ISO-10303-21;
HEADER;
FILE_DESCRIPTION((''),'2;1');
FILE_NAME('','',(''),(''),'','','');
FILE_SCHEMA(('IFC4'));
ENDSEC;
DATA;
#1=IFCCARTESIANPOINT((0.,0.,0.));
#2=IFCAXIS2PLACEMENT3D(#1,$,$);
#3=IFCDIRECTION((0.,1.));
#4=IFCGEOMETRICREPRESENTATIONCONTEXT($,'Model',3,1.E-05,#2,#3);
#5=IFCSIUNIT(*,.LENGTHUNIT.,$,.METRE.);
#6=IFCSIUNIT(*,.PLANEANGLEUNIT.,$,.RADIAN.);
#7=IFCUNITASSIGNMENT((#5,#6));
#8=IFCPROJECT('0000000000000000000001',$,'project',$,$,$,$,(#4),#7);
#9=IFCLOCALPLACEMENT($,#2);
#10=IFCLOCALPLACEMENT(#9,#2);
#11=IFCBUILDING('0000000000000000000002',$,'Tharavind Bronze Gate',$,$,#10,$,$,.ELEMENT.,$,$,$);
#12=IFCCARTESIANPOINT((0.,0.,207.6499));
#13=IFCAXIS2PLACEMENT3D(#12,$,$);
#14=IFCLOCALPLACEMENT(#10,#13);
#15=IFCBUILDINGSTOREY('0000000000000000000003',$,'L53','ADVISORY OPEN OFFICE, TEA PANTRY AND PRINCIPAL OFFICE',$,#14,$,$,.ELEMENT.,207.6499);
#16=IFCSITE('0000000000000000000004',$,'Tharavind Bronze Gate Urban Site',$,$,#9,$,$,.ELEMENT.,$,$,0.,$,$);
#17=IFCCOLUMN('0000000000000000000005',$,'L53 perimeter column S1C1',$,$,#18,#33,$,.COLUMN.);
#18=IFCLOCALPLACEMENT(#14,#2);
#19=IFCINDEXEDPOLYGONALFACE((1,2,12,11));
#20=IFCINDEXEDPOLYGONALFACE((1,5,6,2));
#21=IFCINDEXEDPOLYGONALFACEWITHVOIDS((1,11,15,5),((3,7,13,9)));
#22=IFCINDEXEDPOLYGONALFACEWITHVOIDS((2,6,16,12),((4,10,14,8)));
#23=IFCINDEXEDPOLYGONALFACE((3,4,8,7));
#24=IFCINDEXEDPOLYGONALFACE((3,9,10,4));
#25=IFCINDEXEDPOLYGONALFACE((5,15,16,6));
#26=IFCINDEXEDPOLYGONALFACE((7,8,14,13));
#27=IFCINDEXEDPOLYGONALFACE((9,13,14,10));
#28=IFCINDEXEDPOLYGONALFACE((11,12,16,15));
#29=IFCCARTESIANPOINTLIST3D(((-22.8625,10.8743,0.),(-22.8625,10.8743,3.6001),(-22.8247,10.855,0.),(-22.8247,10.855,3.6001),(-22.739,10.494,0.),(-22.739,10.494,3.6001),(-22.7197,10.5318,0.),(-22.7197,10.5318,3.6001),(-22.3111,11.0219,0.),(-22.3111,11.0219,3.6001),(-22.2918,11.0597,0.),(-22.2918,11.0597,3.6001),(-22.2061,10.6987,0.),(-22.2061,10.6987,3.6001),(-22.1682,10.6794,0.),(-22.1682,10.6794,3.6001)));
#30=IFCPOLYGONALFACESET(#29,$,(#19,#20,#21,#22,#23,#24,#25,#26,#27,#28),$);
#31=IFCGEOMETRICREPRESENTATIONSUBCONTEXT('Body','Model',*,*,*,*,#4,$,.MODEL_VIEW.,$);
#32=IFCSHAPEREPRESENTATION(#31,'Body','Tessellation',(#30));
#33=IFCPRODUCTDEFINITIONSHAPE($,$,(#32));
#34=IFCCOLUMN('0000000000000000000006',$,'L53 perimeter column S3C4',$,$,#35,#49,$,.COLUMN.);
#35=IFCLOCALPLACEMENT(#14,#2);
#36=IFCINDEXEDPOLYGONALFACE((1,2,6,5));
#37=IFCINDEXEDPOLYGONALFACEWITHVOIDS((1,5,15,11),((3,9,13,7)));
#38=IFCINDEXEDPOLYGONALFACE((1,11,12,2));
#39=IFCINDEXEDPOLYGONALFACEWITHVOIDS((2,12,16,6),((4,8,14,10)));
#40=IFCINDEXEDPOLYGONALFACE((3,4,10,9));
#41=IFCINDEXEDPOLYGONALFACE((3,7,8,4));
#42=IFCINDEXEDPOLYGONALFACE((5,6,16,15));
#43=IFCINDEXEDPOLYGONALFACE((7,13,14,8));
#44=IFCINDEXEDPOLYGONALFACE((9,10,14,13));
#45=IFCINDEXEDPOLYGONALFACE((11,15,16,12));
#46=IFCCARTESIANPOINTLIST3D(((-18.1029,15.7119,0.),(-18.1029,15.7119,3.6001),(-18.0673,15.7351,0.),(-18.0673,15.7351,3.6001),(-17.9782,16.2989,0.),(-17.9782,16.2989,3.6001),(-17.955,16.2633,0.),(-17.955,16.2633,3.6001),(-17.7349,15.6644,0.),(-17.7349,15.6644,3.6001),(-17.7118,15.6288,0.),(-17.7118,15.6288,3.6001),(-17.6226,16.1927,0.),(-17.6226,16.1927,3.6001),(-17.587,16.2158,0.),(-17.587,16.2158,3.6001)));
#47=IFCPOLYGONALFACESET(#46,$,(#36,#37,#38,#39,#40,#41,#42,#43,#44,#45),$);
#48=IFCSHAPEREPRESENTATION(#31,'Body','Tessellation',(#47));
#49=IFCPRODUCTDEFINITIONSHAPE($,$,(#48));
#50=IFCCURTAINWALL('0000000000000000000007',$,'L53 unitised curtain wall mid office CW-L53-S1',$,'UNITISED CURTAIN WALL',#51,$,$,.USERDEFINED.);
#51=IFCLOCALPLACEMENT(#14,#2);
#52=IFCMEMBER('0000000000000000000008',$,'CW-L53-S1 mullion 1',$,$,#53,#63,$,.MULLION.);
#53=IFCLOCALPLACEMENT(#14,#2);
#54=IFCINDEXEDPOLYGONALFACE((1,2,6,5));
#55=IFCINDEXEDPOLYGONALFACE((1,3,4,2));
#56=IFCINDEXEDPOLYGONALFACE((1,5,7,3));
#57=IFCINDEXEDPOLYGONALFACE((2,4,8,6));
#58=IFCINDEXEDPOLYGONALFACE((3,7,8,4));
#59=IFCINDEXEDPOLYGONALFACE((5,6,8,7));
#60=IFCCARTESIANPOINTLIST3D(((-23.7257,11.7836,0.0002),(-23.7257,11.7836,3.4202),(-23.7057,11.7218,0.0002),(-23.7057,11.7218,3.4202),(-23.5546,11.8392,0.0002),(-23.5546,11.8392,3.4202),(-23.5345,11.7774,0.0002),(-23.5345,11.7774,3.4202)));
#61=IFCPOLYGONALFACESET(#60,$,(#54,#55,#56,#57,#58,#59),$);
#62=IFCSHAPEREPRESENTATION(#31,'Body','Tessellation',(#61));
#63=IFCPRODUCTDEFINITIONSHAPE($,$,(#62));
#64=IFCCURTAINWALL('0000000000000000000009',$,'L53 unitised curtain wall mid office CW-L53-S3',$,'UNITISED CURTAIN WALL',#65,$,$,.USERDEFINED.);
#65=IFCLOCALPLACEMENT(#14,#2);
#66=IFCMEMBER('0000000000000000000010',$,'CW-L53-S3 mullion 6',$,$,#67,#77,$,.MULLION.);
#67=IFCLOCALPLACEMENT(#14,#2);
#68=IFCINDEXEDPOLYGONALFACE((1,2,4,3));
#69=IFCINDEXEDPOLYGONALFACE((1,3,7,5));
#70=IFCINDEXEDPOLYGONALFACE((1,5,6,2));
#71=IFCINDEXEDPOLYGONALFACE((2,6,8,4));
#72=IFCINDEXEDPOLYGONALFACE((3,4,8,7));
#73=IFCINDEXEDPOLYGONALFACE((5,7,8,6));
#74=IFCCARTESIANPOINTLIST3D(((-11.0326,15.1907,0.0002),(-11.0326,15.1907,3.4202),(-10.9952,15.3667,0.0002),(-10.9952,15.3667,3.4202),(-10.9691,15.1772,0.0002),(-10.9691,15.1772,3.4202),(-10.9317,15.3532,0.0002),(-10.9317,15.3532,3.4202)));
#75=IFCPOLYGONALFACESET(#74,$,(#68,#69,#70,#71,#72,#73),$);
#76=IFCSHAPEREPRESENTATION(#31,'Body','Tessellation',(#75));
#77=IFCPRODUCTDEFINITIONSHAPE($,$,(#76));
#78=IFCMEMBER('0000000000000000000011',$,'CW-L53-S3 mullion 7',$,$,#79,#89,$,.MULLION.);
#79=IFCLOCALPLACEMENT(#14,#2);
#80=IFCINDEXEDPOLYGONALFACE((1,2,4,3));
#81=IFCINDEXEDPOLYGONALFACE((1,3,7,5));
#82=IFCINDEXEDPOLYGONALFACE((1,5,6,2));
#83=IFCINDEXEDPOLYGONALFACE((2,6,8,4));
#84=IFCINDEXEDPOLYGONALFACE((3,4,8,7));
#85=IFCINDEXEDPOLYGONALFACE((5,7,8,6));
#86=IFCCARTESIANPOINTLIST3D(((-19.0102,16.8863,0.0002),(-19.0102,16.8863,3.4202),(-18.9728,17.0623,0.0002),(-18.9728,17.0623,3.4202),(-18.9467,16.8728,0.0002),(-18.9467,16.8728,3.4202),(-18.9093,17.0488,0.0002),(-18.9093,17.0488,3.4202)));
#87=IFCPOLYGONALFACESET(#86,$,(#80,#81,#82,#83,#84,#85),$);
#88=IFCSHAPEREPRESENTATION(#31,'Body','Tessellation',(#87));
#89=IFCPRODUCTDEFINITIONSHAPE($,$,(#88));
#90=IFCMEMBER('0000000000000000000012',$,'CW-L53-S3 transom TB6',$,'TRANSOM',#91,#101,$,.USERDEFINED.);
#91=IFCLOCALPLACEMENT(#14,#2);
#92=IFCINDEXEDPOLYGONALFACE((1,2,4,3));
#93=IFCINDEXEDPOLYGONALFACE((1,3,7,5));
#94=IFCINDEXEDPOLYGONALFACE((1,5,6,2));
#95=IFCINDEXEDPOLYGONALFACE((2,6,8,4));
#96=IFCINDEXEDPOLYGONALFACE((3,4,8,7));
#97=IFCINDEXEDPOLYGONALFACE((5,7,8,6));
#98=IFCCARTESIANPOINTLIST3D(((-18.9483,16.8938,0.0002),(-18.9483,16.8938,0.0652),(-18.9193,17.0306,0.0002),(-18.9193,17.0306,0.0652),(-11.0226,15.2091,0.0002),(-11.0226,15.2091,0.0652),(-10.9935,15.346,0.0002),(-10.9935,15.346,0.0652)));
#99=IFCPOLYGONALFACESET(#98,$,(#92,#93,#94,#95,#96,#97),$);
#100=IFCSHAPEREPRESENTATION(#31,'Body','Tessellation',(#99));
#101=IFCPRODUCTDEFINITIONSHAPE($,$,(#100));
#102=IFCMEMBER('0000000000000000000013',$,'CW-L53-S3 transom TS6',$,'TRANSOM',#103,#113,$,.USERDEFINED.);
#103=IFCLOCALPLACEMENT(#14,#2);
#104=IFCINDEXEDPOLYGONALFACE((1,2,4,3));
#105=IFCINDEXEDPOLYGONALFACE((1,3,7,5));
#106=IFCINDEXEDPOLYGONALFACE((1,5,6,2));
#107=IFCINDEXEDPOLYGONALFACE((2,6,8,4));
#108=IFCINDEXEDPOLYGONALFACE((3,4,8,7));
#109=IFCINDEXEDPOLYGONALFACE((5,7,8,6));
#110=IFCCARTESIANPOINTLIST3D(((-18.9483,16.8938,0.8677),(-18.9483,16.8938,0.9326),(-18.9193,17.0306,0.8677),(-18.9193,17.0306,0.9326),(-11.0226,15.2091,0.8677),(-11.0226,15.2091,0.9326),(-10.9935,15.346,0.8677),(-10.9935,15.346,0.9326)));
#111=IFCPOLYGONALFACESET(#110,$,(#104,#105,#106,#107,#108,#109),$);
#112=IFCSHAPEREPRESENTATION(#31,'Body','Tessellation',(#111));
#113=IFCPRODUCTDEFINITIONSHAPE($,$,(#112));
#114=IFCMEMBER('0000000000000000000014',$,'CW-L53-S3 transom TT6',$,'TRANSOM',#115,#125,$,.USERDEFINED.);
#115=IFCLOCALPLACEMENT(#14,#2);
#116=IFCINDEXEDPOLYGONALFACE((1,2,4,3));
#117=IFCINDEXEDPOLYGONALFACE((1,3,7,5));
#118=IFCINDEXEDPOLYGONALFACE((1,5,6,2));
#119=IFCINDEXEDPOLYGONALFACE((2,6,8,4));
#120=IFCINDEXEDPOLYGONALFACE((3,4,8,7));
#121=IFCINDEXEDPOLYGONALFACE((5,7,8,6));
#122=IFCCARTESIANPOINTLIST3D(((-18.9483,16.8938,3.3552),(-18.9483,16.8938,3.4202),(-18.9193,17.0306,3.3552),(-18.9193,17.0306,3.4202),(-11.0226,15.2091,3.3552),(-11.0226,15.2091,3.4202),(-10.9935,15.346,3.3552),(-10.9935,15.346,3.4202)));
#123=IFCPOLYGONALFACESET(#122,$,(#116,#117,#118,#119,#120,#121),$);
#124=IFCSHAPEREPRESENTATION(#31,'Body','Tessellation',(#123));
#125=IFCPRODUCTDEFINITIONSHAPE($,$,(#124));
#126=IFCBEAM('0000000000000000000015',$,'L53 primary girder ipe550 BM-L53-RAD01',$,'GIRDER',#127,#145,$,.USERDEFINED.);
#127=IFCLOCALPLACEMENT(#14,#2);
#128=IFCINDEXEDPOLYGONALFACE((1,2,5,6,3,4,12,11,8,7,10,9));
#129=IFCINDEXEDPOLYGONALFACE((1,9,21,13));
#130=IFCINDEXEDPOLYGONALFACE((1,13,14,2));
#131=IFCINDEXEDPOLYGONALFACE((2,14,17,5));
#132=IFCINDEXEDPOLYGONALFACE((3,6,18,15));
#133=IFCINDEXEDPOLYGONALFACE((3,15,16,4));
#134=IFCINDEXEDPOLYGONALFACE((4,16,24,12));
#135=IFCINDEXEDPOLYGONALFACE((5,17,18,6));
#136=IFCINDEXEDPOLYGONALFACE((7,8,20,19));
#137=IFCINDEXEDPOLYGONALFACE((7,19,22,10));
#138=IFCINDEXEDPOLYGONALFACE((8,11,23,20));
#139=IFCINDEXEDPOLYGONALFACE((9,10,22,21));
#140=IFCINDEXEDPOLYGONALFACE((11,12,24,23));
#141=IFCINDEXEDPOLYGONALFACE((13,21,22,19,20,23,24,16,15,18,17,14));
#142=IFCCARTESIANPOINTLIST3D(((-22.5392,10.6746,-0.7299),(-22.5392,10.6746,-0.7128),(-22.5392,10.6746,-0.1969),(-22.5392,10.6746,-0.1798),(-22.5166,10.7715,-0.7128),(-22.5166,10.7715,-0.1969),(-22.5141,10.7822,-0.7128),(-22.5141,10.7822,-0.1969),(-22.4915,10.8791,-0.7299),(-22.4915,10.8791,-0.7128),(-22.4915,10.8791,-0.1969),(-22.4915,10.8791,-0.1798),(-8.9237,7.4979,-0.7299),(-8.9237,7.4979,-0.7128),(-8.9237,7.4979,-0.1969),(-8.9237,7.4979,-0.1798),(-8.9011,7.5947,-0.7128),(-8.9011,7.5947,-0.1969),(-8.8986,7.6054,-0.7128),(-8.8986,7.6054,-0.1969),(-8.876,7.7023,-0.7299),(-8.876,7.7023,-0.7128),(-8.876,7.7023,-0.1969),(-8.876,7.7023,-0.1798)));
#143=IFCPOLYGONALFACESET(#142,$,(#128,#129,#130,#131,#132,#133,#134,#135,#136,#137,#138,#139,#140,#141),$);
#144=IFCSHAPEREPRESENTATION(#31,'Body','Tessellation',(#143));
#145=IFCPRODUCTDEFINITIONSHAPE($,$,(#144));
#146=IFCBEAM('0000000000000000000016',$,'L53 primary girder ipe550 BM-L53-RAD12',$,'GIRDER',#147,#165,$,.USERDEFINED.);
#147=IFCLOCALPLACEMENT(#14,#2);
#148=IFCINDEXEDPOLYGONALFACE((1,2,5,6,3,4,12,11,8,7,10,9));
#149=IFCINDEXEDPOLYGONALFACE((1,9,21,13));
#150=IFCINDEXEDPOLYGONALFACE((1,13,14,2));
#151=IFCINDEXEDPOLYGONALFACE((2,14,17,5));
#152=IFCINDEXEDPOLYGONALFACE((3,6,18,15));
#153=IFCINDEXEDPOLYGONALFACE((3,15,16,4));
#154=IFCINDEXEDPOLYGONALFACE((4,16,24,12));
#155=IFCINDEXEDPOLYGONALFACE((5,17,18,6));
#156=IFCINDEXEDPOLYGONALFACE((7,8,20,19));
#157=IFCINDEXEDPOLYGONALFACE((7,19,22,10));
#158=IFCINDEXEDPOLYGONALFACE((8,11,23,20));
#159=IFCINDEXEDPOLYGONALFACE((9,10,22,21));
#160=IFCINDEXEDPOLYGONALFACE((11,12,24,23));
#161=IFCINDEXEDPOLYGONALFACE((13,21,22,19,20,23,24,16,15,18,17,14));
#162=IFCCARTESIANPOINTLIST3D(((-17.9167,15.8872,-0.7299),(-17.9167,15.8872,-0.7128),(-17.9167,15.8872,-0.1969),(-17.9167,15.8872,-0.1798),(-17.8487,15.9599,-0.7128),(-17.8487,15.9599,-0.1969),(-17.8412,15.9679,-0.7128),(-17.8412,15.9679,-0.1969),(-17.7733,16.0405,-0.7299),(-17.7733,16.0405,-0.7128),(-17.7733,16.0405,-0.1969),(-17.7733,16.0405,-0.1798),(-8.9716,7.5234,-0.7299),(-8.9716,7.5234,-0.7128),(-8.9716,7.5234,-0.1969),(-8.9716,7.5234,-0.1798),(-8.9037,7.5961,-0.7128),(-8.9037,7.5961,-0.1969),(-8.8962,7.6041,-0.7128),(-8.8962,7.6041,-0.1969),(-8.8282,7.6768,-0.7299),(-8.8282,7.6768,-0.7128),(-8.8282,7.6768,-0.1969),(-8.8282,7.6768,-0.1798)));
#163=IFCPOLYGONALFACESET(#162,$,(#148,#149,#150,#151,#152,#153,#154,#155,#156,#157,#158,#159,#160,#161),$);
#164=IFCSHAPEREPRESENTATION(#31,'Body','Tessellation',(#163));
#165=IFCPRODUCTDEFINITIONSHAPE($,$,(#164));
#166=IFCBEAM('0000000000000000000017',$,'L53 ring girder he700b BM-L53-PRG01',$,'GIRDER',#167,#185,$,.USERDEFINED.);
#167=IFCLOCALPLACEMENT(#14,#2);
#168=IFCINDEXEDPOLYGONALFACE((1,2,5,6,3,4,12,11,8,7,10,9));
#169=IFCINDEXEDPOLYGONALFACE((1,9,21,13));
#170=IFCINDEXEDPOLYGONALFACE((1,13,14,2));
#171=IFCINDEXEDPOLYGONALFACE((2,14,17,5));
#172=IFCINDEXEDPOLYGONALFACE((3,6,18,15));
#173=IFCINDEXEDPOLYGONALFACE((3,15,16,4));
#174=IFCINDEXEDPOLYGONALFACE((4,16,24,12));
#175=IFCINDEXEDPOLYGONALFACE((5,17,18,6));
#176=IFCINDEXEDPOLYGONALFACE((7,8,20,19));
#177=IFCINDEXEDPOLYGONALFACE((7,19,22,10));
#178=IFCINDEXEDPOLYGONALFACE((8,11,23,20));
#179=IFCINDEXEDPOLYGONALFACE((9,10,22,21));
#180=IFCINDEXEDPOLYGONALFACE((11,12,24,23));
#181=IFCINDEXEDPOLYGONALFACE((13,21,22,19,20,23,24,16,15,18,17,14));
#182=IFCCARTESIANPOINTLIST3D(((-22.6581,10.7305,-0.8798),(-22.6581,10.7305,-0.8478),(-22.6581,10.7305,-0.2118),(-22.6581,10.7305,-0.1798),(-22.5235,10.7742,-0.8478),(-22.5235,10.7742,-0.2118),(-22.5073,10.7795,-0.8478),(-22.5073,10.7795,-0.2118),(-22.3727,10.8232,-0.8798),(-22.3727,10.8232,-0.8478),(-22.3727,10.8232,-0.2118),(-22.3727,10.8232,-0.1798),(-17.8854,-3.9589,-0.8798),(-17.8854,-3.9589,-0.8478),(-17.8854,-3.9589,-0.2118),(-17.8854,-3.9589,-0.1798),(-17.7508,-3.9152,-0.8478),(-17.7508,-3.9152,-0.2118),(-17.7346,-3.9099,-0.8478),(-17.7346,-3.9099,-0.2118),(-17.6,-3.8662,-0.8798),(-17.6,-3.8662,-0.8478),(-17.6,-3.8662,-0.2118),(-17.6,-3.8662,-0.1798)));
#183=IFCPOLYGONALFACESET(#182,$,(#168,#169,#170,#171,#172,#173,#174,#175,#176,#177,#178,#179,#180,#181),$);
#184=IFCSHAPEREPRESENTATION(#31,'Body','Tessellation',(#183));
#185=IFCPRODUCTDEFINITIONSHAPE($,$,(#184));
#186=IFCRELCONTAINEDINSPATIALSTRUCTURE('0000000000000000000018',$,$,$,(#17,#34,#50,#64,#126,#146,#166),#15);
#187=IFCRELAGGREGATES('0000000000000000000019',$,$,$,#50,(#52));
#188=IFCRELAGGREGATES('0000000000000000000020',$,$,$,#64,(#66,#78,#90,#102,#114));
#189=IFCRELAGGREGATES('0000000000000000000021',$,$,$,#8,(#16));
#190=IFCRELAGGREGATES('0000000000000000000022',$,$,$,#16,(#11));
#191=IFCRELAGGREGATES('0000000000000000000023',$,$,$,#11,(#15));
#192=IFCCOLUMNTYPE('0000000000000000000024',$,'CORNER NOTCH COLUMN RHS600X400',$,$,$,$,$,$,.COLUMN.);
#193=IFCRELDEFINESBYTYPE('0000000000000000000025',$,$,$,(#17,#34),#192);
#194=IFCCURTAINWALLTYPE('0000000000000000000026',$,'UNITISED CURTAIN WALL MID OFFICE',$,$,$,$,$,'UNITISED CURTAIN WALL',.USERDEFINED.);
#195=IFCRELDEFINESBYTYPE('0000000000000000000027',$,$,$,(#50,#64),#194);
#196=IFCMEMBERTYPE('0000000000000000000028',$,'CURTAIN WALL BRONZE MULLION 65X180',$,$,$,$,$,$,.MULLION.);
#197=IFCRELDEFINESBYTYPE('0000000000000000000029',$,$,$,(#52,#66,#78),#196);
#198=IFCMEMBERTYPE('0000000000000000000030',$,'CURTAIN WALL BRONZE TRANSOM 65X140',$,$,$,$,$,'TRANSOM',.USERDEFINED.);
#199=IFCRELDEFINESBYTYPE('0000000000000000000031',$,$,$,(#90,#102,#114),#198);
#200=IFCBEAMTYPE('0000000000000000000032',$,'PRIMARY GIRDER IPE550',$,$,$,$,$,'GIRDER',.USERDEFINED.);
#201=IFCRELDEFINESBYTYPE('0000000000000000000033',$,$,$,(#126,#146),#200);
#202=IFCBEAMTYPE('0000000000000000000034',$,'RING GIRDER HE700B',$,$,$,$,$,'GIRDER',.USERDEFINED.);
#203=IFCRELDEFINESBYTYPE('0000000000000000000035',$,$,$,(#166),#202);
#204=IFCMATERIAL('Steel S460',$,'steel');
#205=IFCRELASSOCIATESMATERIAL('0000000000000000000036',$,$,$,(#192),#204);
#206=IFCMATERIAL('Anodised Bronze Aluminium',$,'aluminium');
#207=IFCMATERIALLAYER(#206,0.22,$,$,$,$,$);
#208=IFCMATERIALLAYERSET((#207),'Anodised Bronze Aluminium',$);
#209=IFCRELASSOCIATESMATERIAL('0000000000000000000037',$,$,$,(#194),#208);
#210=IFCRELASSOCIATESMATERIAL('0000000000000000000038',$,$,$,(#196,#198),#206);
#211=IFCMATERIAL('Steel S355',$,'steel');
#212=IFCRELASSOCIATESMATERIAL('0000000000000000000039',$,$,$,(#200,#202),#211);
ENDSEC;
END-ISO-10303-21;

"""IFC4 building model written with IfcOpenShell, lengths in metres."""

from ifc_helpers import new_model, si_unit, direction, frame, origin, origin_2d, place, context, subcontext, project, spatial, rectangle, hollow_rectangle, i_section, extrude, material, layer, layer_set, material_profile, profile_set, type_object, element, aggregate, save


model = new_model("IFC4")

# Units and contexts
model_context = context("Model", 3, precision=1e-05, world=origin(), true_north=direction((0.0, 1.0)))
body_context = subcontext(model_context, "Body", "Model", "MODEL_VIEW")
ifc_project = project(units=[si_unit("LENGTHUNIT", "METRE"), si_unit("PLANEANGLEUNIT", "RADIAN")], contexts=[model_context])

# Site, building, storey
site_placement = place(None, origin())
site = spatial("IfcSite", under=ifc_project, at=site_placement, Name="Tharavind Bronze Gate Urban Site", CompositionType="ELEMENT", RefElevation=0.0)
building_placement = place(site_placement, origin())
building = spatial("IfcBuilding", under=site, at=building_placement, Name="Tharavind Bronze Gate", CompositionType="ELEMENT")
storey_placement = place(building_placement, frame((0.0, 0.0, 207.6499)))
storey = spatial("IfcBuildingStorey", under=building, at=storey_placement, Name="L53", Description="ADVISORY OPEN OFFICE, TEA PANTRY AND PRINCIPAL OFFICE", CompositionType="ELEMENT", Elevation=207.6499)

# Columns
ifc_material_1 = material(Name="Steel S460", Category="steel")
ifc_material_profile_1 = material_profile(ifc_material_1, hollow_rectangle(XDim=0.3999, YDim=0.6001, WallThickness=0.03, at=origin_2d()), Name="RHS600X400X30")
ifc_profile_set_1 = profile_set([ifc_material_profile_1], Name="Steel S460")
column_type = type_object("IfcColumnType", Name="CORNER NOTCH COLUMN RHS600X400", PredefinedType="COLUMN", material=ifc_profile_set_1)
for number, where, z_axis, x_axis, name in (
    (1, (-22.5154, 10.7769, 0.0), (0.0, 0.0, 1.0), (-0.309017, 0.951057, 0.0), "L53 perimeter column S1C1"),
    (2, (-17.845, 15.9639, 0.0), (0.0, 0.0, 1.0), (-0.978148, 0.207912, 0.0), "L53 perimeter column S3C4"),
):
    element("IfcColumn", number, at=place(storey_placement, frame(where, z_axis=z_axis, x_axis=x_axis)), inside=storey, type_object=column_type, Name=name, PredefinedType="COLUMN", context=body_context, shape_type="SweptSolid", body=[
        extrude(hollow_rectangle(XDim=0.3999, YDim=0.6001, WallThickness=0.03, at=origin_2d()), origin(), (0.0, 0.0, 1.0), 3.6001),
    ])

# Curtain wall, member
ifc_material_2 = material(Name="Anodised Bronze Aluminium", Category="aluminium")
ifc_layer_1 = layer(ifc_material_2, 0.22)
ifc_layer_set_1 = layer_set([ifc_layer_1], Name="Anodised Bronze Aluminium")
curtain_wall_type = type_object("IfcCurtainWallType", Name="UNITISED CURTAIN WALL MID OFFICE", ElementType="UNITISED CURTAIN WALL", PredefinedType="USERDEFINED", material=ifc_layer_set_1)
curtain_wall_1_placement = place(storey_placement, origin())
curtain_wall_1 = element("IfcCurtainWall", 3, at=curtain_wall_1_placement, inside=storey, type_object=curtain_wall_type, Name="L53 unitised curtain wall mid office CW-L53-S1", ObjectType="UNITISED CURTAIN WALL", PredefinedType="USERDEFINED")
member_type_1 = type_object("IfcMemberType", Name="CURTAIN WALL BRONZE MULLION 65X180", PredefinedType="MULLION", material=ifc_material_2)
member_1_placement = place(storey_placement, frame((-23.6301, 11.7805, 0.0002), z_axis=(0.0, 0.0, 1.0), x_axis=(0.309017, -0.951057, 0.0)))
member_1 = element("IfcMember", 4, at=member_1_placement, type_object=member_type_1, Name="CW-L53-S1 mullion 1", PredefinedType="MULLION", context=body_context, shape_type="SweptSolid", body=[
    extrude(rectangle(XDim=0.0649, YDim=0.1799, at=origin_2d()), origin(), (0.0, 0.0, 1.0), 3.4199),
])
aggregate(curtain_wall_1, [member_1])

# Curtain wall, members
curtain_wall_2_placement = place(storey_placement, origin())
curtain_wall_2 = element("IfcCurtainWall", 5, at=curtain_wall_2_placement, inside=storey, type_object=curtain_wall_type, Name="L53 unitised curtain wall mid office CW-L53-S3", ObjectType="UNITISED CURTAIN WALL", PredefinedType="USERDEFINED")
member_2_placement = place(storey_placement, frame((-10.9822, 15.272, 0.0002), z_axis=(0.0, 0.0, 1.0), x_axis=(-0.978148, 0.207912, 0.0)))
member_2 = element("IfcMember", 6, at=member_2_placement, type_object=member_type_1, Name="CW-L53-S3 mullion 6", PredefinedType="MULLION", context=body_context, shape_type="SweptSolid", body=[
    extrude(rectangle(XDim=0.0649, YDim=0.1799, at=origin_2d()), origin(), (0.0, 0.0, 1.0), 3.4199),
])
member_3_placement = place(storey_placement, frame((-18.9597, 16.9675, 0.0002), z_axis=(0.0, 0.0, 1.0), x_axis=(-0.978148, 0.207912, 0.0)))
member_3 = element("IfcMember", 7, at=member_3_placement, type_object=member_type_1, Name="CW-L53-S3 mullion 7", PredefinedType="MULLION", context=body_context, shape_type="SweptSolid", body=[
    extrude(rectangle(XDim=0.0649, YDim=0.1799, at=origin_2d()), origin(), (0.0, 0.0, 1.0), 3.4199),
])
member_type_2 = type_object("IfcMemberType", Name="CURTAIN WALL BRONZE TRANSOM 65X140", ElementType="TRANSOM", PredefinedType="USERDEFINED", material=ifc_material_2)
member_4_placement = place(storey_placement, frame((-14.9709, 16.1199, 0.0002), z_axis=(0.0, 0.0, 1.0), x_axis=(-0.978148, 0.207912, 0.0)))
member_4 = element("IfcMember", 8, at=member_4_placement, type_object=member_type_2, Name="CW-L53-S3 transom TB6", ObjectType="TRANSOM", PredefinedType="USERDEFINED", context=body_context, shape_type="SweptSolid", body=[
    extrude(rectangle(XDim=8.1028, YDim=0.1399, at=origin_2d()), origin(), (0.0, 0.0, 1.0), 0.0649),
])
member_5_placement = place(storey_placement, frame((-14.9709, 16.1199, 0.8677), z_axis=(0.0, 0.0, 1.0), x_axis=(-0.978148, 0.207912, 0.0)))
member_5 = element("IfcMember", 9, at=member_5_placement, type_object=member_type_2, Name="CW-L53-S3 transom TS6", ObjectType="TRANSOM", PredefinedType="USERDEFINED", context=body_context, shape_type="SweptSolid", body=[
    extrude(rectangle(XDim=8.1028, YDim=0.1399, at=origin_2d()), origin(), (0.0, 0.0, 1.0), 0.0649),
])
member_6_placement = place(storey_placement, frame((-14.9709, 16.1199, 3.3552), z_axis=(0.0, 0.0, 1.0), x_axis=(-0.978148, 0.207912, 0.0)))
member_6 = element("IfcMember", 10, at=member_6_placement, type_object=member_type_2, Name="CW-L53-S3 transom TT6", ObjectType="TRANSOM", PredefinedType="USERDEFINED", context=body_context, shape_type="SweptSolid", body=[
    extrude(rectangle(XDim=8.1028, YDim=0.1399, at=origin_2d()), origin(), (0.0, 0.0, 1.0), 0.0649),
])

# Beams
ifc_material_3 = material(Name="Steel S355", Category="steel")
ifc_material_profile_2 = material_profile(ifc_material_3, i_section(OverallWidth=0.21, OverallDepth=0.55, WebThickness=0.011, FlangeThickness=0.0171, at=origin_2d()), Name="IPE550")
ifc_profile_set_2 = profile_set([ifc_material_profile_2], Name="Steel S355")
beam_type_1 = type_object("IfcBeamType", Name="PRIMARY GIRDER IPE550", ElementType="GIRDER", PredefinedType="USERDEFINED", material=ifc_profile_set_2)
beam_1_placement = place(storey_placement, frame((-22.5154, 10.7769, -0.4548), z_axis=(0.973844, -0.227217, 0.0), x_axis=(0.227217, 0.973844, 0.0)))
element("IfcBeam", 11, at=beam_1_placement, inside=storey, type_object=beam_type_1, Name="L53 primary girder ipe550 BM-L53-RAD01", ObjectType="GIRDER", PredefinedType="USERDEFINED", context=body_context, shape_type="SweptSolid", body=[
    extrude(i_section(OverallWidth=0.21, OverallDepth=0.55, WebThickness=0.011, FlangeThickness=0.0171, at=origin_2d()), origin(), (0.0, 0.0, 1.0), 13.9812),
])
beam_2_placement = place(storey_placement, frame((-17.845, 15.9639, -0.4548), z_axis=(0.730442, -0.682974, 0.0), x_axis=(0.682974, 0.730442, 0.0)))
element("IfcBeam", 12, at=beam_2_placement, inside=storey, type_object=beam_type_1, Name="L53 primary girder ipe550 BM-L53-RAD12", ObjectType="GIRDER", PredefinedType="USERDEFINED", context=body_context, shape_type="SweptSolid", body=[
    extrude(i_section(OverallWidth=0.21, OverallDepth=0.55, WebThickness=0.011, FlangeThickness=0.0171, at=origin_2d()), origin(), (0.0, 0.0, 1.0), 12.2461),
])
ifc_material_profile_3 = material_profile(ifc_material_3, i_section(OverallWidth=0.3, OverallDepth=0.7, WebThickness=0.0171, FlangeThickness=0.032, at=origin_2d()), Name="HE700B")
ifc_profile_set_3 = profile_set([ifc_material_profile_3], Name="Steel S355")
beam_type_2 = type_object("IfcBeamType", Name="RING GIRDER HE700B", ElementType="GIRDER", PredefinedType="USERDEFINED", material=ifc_profile_set_3)
beam_3_placement = place(storey_placement, frame((-22.5154, 10.7769, -0.5298), z_axis=(0.309006, -0.95106, 0.0), x_axis=(0.95106, 0.309006, 0.0)))
element("IfcBeam", 13, at=beam_3_placement, inside=storey, type_object=beam_type_2, Name="L53 ring girder he700b BM-L53-PRG01", ObjectType="GIRDER", PredefinedType="USERDEFINED", context=body_context, shape_type="SweptSolid", body=[
    extrude(i_section(OverallWidth=0.3, OverallDepth=0.7, WebThickness=0.0171, FlangeThickness=0.032, at=origin_2d()), origin(), (0.0, 0.0, 1.0), 15.4453),
])

aggregate(curtain_wall_2, [member_2, member_3, member_4, member_5, member_6])

save(model, "model.ifc")
